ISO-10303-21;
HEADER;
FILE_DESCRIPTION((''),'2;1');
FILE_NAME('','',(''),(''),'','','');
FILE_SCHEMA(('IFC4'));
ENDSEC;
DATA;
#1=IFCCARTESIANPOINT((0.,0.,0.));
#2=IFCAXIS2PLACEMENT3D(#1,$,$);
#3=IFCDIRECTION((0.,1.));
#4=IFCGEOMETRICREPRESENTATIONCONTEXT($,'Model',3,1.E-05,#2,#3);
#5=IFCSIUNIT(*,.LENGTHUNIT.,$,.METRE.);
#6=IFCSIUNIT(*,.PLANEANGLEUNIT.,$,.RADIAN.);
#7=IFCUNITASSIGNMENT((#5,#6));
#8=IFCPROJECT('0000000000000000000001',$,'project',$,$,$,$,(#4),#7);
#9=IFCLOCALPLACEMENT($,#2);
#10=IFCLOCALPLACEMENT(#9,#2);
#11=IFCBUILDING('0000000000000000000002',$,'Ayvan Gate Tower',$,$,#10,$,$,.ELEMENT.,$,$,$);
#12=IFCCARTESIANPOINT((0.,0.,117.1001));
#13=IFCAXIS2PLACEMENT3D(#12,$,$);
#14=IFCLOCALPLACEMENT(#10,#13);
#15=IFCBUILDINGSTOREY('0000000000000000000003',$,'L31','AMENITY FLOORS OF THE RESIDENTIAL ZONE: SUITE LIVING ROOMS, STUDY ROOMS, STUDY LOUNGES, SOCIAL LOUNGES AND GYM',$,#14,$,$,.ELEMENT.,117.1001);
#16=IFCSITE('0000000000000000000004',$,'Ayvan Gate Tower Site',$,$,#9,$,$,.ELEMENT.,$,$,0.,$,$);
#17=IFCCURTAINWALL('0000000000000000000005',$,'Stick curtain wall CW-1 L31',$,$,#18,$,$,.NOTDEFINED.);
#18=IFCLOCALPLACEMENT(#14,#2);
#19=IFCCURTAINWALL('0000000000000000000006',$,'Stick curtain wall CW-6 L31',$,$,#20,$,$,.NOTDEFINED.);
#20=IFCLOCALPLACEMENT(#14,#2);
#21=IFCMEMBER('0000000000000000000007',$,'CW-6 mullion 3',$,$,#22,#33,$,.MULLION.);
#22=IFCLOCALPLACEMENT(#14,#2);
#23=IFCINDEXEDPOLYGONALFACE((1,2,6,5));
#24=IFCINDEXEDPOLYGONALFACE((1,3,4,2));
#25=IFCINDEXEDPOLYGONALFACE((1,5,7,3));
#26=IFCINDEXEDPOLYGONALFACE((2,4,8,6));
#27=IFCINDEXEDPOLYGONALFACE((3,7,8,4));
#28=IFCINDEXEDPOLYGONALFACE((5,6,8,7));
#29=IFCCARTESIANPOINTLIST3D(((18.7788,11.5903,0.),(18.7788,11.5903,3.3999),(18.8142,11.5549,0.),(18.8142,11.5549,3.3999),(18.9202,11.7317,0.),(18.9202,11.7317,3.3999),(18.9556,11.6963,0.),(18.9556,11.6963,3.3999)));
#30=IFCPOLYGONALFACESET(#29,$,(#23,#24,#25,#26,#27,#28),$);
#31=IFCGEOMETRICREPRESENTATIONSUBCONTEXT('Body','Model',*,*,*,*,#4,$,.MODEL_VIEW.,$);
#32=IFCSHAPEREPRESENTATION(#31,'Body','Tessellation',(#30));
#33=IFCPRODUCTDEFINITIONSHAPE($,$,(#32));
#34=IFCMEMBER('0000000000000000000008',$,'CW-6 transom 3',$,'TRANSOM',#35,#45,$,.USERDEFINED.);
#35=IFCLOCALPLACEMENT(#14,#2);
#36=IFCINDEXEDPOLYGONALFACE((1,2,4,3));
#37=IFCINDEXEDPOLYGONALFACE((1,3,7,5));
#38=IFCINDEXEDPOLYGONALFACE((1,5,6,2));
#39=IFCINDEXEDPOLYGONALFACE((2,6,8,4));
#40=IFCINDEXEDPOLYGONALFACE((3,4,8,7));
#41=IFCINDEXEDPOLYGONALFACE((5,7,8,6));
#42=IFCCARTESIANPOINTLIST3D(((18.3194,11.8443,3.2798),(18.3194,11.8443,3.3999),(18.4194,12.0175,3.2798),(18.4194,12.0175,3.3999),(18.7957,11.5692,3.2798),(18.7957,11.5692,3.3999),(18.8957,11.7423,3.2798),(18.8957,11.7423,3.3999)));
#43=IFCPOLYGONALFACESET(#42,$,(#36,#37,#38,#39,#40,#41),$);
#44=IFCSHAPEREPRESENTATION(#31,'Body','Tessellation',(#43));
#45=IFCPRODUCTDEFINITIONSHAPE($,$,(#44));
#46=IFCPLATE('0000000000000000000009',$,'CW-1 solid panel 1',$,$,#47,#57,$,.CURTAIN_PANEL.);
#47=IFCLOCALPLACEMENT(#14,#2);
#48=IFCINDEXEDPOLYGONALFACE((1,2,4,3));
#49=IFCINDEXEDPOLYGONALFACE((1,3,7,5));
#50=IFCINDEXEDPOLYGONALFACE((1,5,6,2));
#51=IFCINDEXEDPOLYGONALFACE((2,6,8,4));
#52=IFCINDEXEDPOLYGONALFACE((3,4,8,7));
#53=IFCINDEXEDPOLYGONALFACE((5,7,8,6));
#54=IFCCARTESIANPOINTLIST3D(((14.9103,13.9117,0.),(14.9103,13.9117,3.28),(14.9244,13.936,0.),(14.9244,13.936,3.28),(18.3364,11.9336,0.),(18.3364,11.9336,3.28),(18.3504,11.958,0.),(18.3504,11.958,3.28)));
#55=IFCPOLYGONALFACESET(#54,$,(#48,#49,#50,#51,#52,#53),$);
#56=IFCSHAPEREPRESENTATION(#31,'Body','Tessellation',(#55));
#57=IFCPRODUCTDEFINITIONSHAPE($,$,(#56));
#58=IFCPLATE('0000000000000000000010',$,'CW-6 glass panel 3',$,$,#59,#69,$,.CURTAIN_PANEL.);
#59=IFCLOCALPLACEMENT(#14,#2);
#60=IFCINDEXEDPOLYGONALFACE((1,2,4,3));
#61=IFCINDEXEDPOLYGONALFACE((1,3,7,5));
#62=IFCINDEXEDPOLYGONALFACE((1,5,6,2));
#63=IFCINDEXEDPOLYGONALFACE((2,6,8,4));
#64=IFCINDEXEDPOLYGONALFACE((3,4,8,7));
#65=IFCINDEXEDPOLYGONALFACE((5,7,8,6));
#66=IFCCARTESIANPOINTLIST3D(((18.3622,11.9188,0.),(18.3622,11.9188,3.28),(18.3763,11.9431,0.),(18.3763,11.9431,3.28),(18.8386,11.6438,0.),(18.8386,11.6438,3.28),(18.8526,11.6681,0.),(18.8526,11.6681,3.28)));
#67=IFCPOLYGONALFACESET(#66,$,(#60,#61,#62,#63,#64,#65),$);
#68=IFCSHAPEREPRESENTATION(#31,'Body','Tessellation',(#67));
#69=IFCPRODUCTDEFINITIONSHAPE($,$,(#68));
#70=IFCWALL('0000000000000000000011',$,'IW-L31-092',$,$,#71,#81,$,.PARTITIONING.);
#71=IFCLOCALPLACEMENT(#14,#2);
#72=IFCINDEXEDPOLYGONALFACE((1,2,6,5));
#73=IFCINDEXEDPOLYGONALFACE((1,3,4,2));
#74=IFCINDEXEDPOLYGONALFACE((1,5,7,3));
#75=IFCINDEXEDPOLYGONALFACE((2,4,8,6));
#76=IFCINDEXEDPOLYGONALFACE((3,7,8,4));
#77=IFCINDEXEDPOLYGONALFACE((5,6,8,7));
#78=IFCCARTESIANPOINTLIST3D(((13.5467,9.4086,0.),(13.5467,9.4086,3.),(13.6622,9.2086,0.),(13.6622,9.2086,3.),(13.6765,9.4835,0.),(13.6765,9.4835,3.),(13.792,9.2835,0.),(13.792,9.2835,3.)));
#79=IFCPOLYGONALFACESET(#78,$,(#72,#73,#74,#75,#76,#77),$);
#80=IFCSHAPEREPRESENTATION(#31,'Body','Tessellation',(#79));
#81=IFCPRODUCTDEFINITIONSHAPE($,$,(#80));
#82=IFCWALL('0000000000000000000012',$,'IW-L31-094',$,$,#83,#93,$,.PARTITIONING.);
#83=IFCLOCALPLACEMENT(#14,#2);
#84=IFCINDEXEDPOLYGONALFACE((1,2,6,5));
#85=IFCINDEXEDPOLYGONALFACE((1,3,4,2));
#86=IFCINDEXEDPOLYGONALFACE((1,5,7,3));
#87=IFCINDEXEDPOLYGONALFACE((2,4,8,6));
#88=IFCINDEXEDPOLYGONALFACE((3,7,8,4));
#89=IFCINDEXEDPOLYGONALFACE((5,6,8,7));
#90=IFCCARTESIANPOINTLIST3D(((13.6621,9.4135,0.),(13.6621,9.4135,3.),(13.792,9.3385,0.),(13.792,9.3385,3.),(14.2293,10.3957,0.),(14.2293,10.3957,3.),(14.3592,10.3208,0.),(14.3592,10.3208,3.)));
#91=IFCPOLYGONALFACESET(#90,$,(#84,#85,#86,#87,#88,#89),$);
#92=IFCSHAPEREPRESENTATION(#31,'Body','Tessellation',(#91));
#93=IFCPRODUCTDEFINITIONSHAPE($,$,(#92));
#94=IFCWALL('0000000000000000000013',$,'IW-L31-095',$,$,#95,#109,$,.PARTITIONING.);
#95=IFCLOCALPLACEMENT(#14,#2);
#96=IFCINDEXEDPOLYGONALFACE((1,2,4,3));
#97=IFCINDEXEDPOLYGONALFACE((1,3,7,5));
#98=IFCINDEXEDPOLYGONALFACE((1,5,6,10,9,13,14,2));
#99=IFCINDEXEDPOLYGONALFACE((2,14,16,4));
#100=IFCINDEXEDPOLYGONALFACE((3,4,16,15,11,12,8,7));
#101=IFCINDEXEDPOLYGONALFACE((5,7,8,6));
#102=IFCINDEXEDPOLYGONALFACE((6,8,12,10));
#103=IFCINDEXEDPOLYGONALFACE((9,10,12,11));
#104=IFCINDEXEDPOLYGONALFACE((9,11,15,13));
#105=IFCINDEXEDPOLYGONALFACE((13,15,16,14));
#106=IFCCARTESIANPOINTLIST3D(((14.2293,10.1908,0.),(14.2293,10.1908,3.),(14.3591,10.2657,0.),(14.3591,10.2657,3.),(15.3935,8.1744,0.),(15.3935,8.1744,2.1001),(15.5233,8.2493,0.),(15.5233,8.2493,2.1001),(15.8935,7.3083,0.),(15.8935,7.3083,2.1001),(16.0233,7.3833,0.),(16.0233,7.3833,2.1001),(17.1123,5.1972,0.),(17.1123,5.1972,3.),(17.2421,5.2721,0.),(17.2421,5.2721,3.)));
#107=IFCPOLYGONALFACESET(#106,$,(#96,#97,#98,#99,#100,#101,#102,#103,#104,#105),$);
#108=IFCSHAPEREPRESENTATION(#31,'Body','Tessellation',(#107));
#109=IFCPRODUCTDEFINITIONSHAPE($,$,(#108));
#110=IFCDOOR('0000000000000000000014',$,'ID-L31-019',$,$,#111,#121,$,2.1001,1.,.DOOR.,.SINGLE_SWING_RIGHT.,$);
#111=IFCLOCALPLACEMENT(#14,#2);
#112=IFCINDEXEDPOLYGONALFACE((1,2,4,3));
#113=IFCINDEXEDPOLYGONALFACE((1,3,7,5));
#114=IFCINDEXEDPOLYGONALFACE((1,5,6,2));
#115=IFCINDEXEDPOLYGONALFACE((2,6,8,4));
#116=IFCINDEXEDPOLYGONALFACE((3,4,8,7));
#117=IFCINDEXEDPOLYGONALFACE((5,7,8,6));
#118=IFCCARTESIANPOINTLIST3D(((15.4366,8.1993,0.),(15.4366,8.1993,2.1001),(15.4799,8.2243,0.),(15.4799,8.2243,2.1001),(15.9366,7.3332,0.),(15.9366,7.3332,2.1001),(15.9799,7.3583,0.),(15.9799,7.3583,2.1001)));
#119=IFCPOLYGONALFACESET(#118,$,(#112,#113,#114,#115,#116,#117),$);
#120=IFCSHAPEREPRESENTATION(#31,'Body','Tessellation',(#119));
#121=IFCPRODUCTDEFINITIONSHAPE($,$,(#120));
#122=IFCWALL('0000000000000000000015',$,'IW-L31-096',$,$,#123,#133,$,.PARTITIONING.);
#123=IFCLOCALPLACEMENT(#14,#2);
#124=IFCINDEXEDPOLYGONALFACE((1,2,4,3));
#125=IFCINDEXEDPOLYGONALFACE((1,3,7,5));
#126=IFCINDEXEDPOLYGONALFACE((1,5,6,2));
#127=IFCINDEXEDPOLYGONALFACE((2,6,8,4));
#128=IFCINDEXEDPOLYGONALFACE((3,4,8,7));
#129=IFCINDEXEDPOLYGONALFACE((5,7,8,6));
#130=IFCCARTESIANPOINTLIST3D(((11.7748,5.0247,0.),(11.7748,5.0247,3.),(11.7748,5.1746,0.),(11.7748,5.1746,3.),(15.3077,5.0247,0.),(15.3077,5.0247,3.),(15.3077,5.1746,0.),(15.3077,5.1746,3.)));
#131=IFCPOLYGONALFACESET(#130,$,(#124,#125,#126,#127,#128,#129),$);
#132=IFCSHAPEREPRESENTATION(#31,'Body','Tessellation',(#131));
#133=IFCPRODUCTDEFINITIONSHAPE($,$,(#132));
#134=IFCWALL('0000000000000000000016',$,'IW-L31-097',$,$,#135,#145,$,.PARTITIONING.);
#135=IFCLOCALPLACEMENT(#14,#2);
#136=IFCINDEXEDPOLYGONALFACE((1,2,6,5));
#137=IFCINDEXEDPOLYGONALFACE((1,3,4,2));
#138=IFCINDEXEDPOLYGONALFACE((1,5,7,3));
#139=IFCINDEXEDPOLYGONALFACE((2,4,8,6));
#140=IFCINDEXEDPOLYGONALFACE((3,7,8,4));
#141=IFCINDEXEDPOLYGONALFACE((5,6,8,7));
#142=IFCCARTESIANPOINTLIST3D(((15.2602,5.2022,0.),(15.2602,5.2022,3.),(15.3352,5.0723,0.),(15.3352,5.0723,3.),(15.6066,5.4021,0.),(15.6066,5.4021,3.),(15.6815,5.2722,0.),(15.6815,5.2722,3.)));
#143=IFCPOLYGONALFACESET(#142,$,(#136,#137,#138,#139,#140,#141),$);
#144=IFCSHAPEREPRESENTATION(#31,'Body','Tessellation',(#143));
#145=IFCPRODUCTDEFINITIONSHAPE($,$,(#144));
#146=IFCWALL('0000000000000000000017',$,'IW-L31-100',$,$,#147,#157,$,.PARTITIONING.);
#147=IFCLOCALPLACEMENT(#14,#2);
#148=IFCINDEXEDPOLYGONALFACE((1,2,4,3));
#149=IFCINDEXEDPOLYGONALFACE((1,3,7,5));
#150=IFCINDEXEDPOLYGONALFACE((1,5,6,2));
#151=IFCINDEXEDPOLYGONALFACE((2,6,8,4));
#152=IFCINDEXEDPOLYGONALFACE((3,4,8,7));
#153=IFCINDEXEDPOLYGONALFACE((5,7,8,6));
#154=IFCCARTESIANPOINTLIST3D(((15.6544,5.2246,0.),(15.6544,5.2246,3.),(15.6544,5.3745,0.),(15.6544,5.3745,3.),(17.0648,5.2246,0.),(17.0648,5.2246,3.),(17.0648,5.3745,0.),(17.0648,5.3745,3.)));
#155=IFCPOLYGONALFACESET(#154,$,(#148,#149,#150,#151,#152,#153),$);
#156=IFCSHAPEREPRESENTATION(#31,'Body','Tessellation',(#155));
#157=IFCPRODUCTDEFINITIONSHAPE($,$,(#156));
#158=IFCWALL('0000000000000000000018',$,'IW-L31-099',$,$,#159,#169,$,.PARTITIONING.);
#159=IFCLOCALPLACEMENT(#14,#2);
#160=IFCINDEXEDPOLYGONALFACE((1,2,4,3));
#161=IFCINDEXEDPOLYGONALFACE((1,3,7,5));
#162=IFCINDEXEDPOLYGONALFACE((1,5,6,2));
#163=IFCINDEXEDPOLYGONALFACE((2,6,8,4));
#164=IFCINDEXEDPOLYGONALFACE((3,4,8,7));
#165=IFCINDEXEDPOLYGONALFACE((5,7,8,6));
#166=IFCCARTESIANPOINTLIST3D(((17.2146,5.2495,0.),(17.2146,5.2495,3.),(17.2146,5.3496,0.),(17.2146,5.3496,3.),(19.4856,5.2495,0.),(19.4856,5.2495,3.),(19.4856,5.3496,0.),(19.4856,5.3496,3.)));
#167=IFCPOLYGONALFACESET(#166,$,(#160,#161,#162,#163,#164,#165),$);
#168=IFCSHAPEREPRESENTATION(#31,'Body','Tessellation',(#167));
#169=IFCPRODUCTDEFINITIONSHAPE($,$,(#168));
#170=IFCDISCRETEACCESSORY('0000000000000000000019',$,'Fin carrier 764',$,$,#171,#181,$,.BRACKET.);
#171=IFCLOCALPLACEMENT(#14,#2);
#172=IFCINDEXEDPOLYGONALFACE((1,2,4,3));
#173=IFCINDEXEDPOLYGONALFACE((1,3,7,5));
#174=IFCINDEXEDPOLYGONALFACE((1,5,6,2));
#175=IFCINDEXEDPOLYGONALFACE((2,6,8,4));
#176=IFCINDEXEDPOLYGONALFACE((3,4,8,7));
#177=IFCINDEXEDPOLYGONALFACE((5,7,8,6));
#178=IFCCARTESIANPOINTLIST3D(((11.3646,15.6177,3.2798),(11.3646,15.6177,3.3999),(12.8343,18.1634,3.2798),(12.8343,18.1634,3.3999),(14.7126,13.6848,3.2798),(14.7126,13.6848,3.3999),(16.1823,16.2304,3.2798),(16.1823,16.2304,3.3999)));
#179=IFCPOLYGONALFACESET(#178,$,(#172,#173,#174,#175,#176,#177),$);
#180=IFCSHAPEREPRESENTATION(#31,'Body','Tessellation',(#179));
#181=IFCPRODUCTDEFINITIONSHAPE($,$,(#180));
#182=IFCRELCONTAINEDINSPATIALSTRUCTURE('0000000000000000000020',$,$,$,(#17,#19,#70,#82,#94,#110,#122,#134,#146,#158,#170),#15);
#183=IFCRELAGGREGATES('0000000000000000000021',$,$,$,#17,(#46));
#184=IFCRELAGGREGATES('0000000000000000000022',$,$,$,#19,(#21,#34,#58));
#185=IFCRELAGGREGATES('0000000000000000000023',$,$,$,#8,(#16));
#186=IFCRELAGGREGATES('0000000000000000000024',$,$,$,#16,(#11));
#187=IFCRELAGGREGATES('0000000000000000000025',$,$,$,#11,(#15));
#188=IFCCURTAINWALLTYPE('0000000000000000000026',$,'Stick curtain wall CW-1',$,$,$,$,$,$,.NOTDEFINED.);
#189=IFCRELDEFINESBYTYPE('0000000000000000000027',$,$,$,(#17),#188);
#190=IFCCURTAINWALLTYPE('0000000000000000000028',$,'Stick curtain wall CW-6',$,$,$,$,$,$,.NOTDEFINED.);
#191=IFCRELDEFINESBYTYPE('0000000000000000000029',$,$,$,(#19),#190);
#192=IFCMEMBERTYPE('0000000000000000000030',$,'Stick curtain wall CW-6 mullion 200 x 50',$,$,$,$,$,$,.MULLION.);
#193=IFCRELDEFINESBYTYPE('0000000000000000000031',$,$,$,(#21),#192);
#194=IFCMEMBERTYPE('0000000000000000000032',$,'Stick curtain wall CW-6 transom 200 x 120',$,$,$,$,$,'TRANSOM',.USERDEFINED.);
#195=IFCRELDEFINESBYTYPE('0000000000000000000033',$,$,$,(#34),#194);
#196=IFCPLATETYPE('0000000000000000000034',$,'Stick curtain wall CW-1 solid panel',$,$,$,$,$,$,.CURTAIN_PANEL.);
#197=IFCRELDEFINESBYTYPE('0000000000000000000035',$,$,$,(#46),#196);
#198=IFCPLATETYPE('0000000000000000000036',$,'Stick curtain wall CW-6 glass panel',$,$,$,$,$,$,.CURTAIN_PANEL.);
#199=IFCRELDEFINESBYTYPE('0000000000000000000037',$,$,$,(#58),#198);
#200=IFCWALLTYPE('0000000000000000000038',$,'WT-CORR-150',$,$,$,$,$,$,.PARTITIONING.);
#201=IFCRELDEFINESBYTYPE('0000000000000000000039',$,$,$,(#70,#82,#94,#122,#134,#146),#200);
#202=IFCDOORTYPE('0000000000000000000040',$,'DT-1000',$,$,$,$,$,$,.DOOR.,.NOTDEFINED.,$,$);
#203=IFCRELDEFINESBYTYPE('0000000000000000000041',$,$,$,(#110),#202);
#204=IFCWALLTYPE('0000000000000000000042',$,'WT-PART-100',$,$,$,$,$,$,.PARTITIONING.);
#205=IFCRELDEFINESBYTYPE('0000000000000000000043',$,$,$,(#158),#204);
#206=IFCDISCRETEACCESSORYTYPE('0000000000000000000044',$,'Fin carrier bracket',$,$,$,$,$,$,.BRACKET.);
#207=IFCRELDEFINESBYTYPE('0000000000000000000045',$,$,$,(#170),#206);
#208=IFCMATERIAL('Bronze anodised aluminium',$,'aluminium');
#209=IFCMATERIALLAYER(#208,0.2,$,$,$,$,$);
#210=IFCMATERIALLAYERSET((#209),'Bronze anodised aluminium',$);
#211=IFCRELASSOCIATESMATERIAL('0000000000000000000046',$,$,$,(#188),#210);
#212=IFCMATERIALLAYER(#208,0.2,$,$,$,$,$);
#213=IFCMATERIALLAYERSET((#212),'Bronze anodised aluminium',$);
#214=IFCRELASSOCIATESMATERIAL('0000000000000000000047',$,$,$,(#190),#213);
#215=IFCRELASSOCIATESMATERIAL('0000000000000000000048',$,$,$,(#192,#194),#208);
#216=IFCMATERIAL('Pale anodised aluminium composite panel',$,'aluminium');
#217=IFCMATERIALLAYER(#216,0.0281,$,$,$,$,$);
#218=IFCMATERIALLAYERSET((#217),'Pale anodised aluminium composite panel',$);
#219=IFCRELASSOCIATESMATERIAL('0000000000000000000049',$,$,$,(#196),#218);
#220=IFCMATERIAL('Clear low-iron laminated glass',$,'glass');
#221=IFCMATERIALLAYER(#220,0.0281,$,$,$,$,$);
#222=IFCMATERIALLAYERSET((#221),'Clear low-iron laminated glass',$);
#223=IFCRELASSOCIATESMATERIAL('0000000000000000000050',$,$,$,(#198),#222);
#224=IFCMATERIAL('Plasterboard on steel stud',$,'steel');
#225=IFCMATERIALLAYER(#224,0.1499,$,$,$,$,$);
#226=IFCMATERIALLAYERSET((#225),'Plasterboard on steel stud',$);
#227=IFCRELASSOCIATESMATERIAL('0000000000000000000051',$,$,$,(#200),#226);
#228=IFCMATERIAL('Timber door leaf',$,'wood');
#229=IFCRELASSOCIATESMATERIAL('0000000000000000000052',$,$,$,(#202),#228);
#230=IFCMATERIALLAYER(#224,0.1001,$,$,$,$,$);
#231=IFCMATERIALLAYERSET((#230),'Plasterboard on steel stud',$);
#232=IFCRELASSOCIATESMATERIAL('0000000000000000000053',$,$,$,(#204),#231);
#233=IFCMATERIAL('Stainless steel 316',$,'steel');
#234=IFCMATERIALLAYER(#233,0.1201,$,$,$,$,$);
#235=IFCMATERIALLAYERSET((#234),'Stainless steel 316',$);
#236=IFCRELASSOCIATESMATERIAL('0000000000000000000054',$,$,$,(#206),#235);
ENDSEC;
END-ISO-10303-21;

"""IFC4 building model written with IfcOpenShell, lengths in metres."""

from ifc_helpers import new_model, si_unit, direction, frame, frame_2d, origin, origin_2d, place, context, subcontext, project, spatial, rectangle, extrude, material, layer, layer_set, material_profile, profile_set, type_object, element, fill, aggregate, save


model = new_model("IFC4")

# Units and contexts
model_context = context("Model", 3, precision=1e-05, world=origin(), true_north=direction((0.0, 1.0)))
body_context = subcontext(model_context, "Body", "Model", "MODEL_VIEW")
ifc_project = project(units=[si_unit("LENGTHUNIT", "METRE"), si_unit("PLANEANGLEUNIT", "RADIAN")], contexts=[model_context])

# Site, building, storey
site_placement = place(None, origin())
site = spatial("IfcSite", under=ifc_project, at=site_placement, Name="Ayvan Gate Tower Site", CompositionType="ELEMENT", RefElevation=0.0)
building_placement = place(site_placement, origin())
building = spatial("IfcBuilding", under=site, at=building_placement, Name="Ayvan Gate Tower", CompositionType="ELEMENT")
storey_placement = place(building_placement, frame((0.0, 0.0, 117.1001)))
storey = spatial("IfcBuildingStorey", under=building, at=storey_placement, Name="L31", Description="AMENITY FLOORS OF THE RESIDENTIAL ZONE: SUITE LIVING ROOMS, STUDY ROOMS, STUDY LOUNGES, SOCIAL LOUNGES AND GYM", CompositionType="ELEMENT", Elevation=117.1001)

# Curtain walls, members
ifc_material_1 = material(Name="Bronze anodised aluminium", Category="aluminium")
ifc_layer_1 = layer(ifc_material_1, 0.2)
ifc_layer_set_1 = layer_set([ifc_layer_1], Name="Bronze anodised aluminium")
curtain_wall_type_1 = type_object("IfcCurtainWallType", Name="Stick curtain wall CW-1", PredefinedType="NOTDEFINED", material=ifc_layer_set_1)
curtain_wall_1_placement = place(storey_placement, origin())
curtain_wall_1 = element("IfcCurtainWall", 1, at=curtain_wall_1_placement, inside=storey, type_object=curtain_wall_type_1, Name="Stick curtain wall CW-1 L31", PredefinedType="NOTDEFINED")
ifc_layer_2 = layer(ifc_material_1, 0.2)
ifc_layer_set_2 = layer_set([ifc_layer_2], Name="Bronze anodised aluminium")
curtain_wall_type_2 = type_object("IfcCurtainWallType", Name="Stick curtain wall CW-6", PredefinedType="NOTDEFINED", material=ifc_layer_set_2)
curtain_wall_2_placement = place(storey_placement, origin())
curtain_wall_2 = element("IfcCurtainWall", 2, at=curtain_wall_2_placement, inside=storey, type_object=curtain_wall_type_2, Name="Stick curtain wall CW-6 L31", PredefinedType="NOTDEFINED")
ifc_material_profile_1 = material_profile(ifc_material_1, rectangle(XDim=0.2, YDim=0.05, at=origin_2d()), Name="Stick curtain wall CW-6 mullion 200 x 50")
ifc_profile_set_1 = profile_set([ifc_material_profile_1], Name="Bronze anodised aluminium")
member_type_1 = type_object("IfcMemberType", Name="Stick curtain wall CW-6 mullion 200 x 50", PredefinedType="MULLION", material=ifc_profile_set_1)
member_1_placement = place(storey_placement, frame((18.8672, 11.6433, 0.0), z_axis=(0.0, 0.0, 1.0), x_axis=(0.707107, 0.707107, 0.0)))
member_1 = element("IfcMember", 3, at=member_1_placement, type_object=member_type_1, Name="CW-6 mullion 3", PredefinedType="MULLION", context=body_context, shape_type="SweptSolid", body=[
    extrude(rectangle(XDim=0.2, YDim=0.05, at=origin_2d()), origin(), (0.0, 0.0, 1.0), 3.3999),
])
ifc_material_profile_2 = material_profile(ifc_material_1, rectangle(XDim=0.2, YDim=0.1201, at=origin_2d()), Name="Stick curtain wall CW-6 transom 200 x 120")
ifc_profile_set_2 = profile_set([ifc_material_profile_2], Name="Bronze anodised aluminium")
member_type_2 = type_object("IfcMemberType", Name="Stick curtain wall CW-6 transom 200 x 120", ElementType="TRANSOM", PredefinedType="USERDEFINED", material=ifc_profile_set_2)
member_2_placement = place(storey_placement, frame((18.8457, 11.6558, 3.3398), z_axis=(-0.865912, 0.500196, 0.0), x_axis=(-0.500196, -0.865912, 0.0)))
member_2 = element("IfcMember", 4, at=member_2_placement, type_object=member_type_2, Name="CW-6 transom 3", ObjectType="TRANSOM", PredefinedType="USERDEFINED", context=body_context, shape_type="SweptSolid", body=[
    extrude(rectangle(XDim=0.2, YDim=0.1201, at=origin_2d()), origin(), (0.0, 0.0, 1.0), 0.55),
])

# Plates
ifc_material_2 = material(Name="Pale anodised aluminium composite panel", Category="aluminium")
ifc_layer_3 = layer(ifc_material_2, 0.0281)
ifc_layer_set_3 = layer_set([ifc_layer_3], Name="Pale anodised aluminium composite panel")
plate_type_1 = type_object("IfcPlateType", Name="Stick curtain wall CW-1 solid panel", PredefinedType="CURTAIN_PANEL", material=ifc_layer_set_3)
plate_1_placement = place(storey_placement, frame((16.6304, 12.9348, 0.0), z_axis=(0.0, 0.0, 1.0), x_axis=(-0.866025, 0.5, 0.0)))
plate_1 = element("IfcPlate", 5, at=plate_1_placement, type_object=plate_type_1, Name="CW-1 solid panel 1", PredefinedType="CURTAIN_PANEL", context=body_context, shape_type="SweptSolid", body=[
    extrude(rectangle(XDim=3.9561, YDim=0.0281, at=origin_2d()), origin(), (0.0, 0.0, 1.0), 3.28),
])
aggregate(curtain_wall_1, [plate_1])
ifc_material_3 = material(Name="Clear low-iron laminated glass", Category="glass")
ifc_layer_4 = layer(ifc_material_3, 0.0281)
ifc_layer_set_4 = layer_set([ifc_layer_4], Name="Clear low-iron laminated glass")
plate_type_2 = type_object("IfcPlateType", Name="Stick curtain wall CW-6 glass panel", PredefinedType="CURTAIN_PANEL", material=ifc_layer_set_4)
plate_2_placement = place(storey_placement, frame((18.6074, 11.7935, 0.0), z_axis=(0.0, 0.0, 1.0), x_axis=(-0.866025, 0.5, 0.0)))
plate_2 = element("IfcPlate", 6, at=plate_2_placement, type_object=plate_type_2, Name="CW-6 glass panel 3", PredefinedType="CURTAIN_PANEL", context=body_context, shape_type="SweptSolid", body=[
    extrude(rectangle(XDim=0.55, YDim=0.0281, at=origin_2d()), origin(), (0.0, 0.0, 1.0), 3.28),
])
aggregate(curtain_wall_2, [member_1, member_2, plate_2])

# Walls
ifc_material_4 = material(Name="Plasterboard on steel stud", Category="steel")
ifc_layer_5 = layer(ifc_material_4, 0.1499)
ifc_layer_set_5 = layer_set([ifc_layer_5], Name="Plasterboard on steel stud")
wall_type_1 = type_object("IfcWallType", Name="WT-CORR-150", PredefinedType="PARTITIONING", material=ifc_layer_set_5)
wall_1_placement = place(storey_placement, frame((13.6116, 9.446, 0.0), z_axis=(0.0, 0.0, 1.0), x_axis=(0.500119, -0.865957, 0.0)))
element("IfcWall", 7, at=wall_1_placement, inside=storey, type_object=wall_type_1, Name="IW-L31-092", PredefinedType="PARTITIONING", context=body_context, shape_type="SweptSolid", body=[
    extrude(rectangle(XDim=0.231, YDim=0.1499, at=frame_2d((0.1155, 0.0))), origin(), (0.0, 0.0, 1.0), 3.0),
])
wall_2_placement = place(storey_placement, frame((13.7271, 9.376, 0.0), z_axis=(0.0, 0.0, 1.0), x_axis=(0.500052, 0.865996, 0.0)))
element("IfcWall", 8, at=wall_2_placement, inside=storey, type_object=wall_type_1, Name="IW-L31-094", PredefinedType="PARTITIONING", context=body_context, shape_type="SweptSolid", body=[
    extrude(rectangle(XDim=1.1343, YDim=0.1499, at=frame_2d((0.5671, 0.0))), origin(), (0.0, 0.0, 1.0), 3.0),
])

# Wall, opening, door
wall_3_placement = place(storey_placement, frame((14.2942, 10.2283, 0.0), z_axis=(0.0, 0.0, 1.0), x_axis=(0.499996, -0.866028, 0.0)))
wall_3 = element("IfcWall", 9, at=wall_3_placement, inside=storey, type_object=wall_type_1, Name="IW-L31-095", PredefinedType="PARTITIONING", context=body_context, shape_type="SweptSolid", body=[
    extrude(rectangle(XDim=5.7661, YDim=0.1499, at=frame_2d((2.8831, 0.0))), origin(), (0.0, 0.0, 1.0), 3.0),
])
opening_placement = place(wall_3_placement, frame((2.3284, 0.0, 0.0)))
opening = element("IfcOpeningElement", 10, at=opening_placement, cuts=wall_3, PredefinedType="OPENING", context=body_context, shape_type="SweptSolid", body=[
    extrude(rectangle(XDim=1.0, YDim=2.1001, at=frame_2d((0.5, 1.05))), frame((0.0, 0.085, 0.0), z_axis=(0.0, -1.0, 0.0), x_axis=(1.0, 0.0, 0.0)), (0.0, 0.0, 1.0), 0.1699),
])
ifc_material_5 = material(Name="Timber door leaf", Category="wood")
door_type = type_object("IfcDoorType", Name="DT-1000", OperationType="NOTDEFINED", PredefinedType="DOOR", material=ifc_material_5)
door_placement = place(opening_placement, origin())
door = element("IfcDoor", 11, at=door_placement, inside=storey, type_object=door_type, Name="ID-L31-019", OperationType="SINGLE_SWING_RIGHT", OverallHeight=2.1001, OverallWidth=1.0, PredefinedType="DOOR", context=body_context, shape_type="SweptSolid", body=[
    extrude(rectangle(XDim=1.0, YDim=2.1001, at=frame_2d((0.5, 1.05))), frame((0.0, 0.0249, 0.0), z_axis=(0.0, -1.0, 0.0), x_axis=(1.0, 0.0, 0.0)), (0.0, 0.0, 1.0), 0.05),
])
fill(opening, door)

# Walls
wall_4_placement = place(storey_placement, frame((15.3079, 5.0996, 0.0), z_axis=(0.0, 0.0, 1.0), x_axis=(-1.0, 0.0, 0.0)))
element("IfcWall", 12, at=wall_4_placement, inside=storey, type_object=wall_type_1, Name="IW-L31-096", PredefinedType="PARTITIONING", context=body_context, shape_type="SweptSolid", body=[
    extrude(rectangle(XDim=3.533, YDim=0.1499, at=frame_2d((1.7666, 0.0))), origin(), (0.0, 0.0, 1.0), 3.0),
])
wall_5_placement = place(storey_placement, frame((15.644, 5.3372, 0.0), z_axis=(0.0, 0.0, 1.0), x_axis=(-0.866094, -0.499881, 0.0)))
element("IfcWall", 13, at=wall_5_placement, inside=storey, type_object=wall_type_1, Name="IW-L31-097", PredefinedType="PARTITIONING", context=body_context, shape_type="SweptSolid", body=[
    extrude(rectangle(XDim=0.3999, YDim=0.1499, at=frame_2d((0.2, 0.0))), origin(), (0.0, 0.0, 1.0), 3.0),
])
wall_6_placement = place(storey_placement, frame((17.0647, 5.2996, 0.0), z_axis=(0.0, 0.0, 1.0), x_axis=(-1.0, 0.0, 0.0)))
element("IfcWall", 14, at=wall_6_placement, inside=storey, type_object=wall_type_1, Name="IW-L31-100", PredefinedType="PARTITIONING", context=body_context, shape_type="SweptSolid", body=[
    extrude(rectangle(XDim=1.4104, YDim=0.1499, at=frame_2d((0.7051, 0.0))), origin(), (0.0, 0.0, 1.0), 3.0),
])
ifc_layer_6 = layer(ifc_material_4, 0.1001)
ifc_layer_set_6 = layer_set([ifc_layer_6], Name="Plasterboard on steel stud")
wall_type_2 = type_object("IfcWallType", Name="WT-PART-100", PredefinedType="PARTITIONING", material=ifc_layer_set_6)
wall_7_placement = place(storey_placement, frame((17.2146, 5.2996, 0.0), z_axis=(0.0, 0.0, 1.0), x_axis=(1.0, 0.0, 0.0)))
element("IfcWall", 15, at=wall_7_placement, inside=storey, type_object=wall_type_2, Name="IW-L31-099", PredefinedType="PARTITIONING", context=body_context, shape_type="SweptSolid", body=[
    extrude(rectangle(XDim=2.271, YDim=0.1001, at=frame_2d((1.1355, 0.0))), origin(), (0.0, 0.0, 1.0), 3.0),
])

# Discrete accessory
ifc_material_6 = material(Name="Stainless steel 316", Category="steel")
ifc_layer_7 = layer(ifc_material_6, 0.1201)
ifc_layer_set_7 = layer_set([ifc_layer_7], Name="Stainless steel 316")
discrete_accessory_type_1 = type_object("IfcDiscreteAccessoryType", Name="Fin carrier bracket", PredefinedType="BRACKET", material=ifc_layer_set_7)
discrete_accessory_1_placement = place(storey_placement, frame((13.7734, 15.9241, 3.2798), z_axis=(0.0, 0.0, 1.0), x_axis=(-0.866025, 0.5, 0.0)))
element("IfcDiscreteAccessory", 16, at=discrete_accessory_1_placement, inside=storey, type_object=discrete_accessory_type_1, Name="Fin carrier 764", PredefinedType="BRACKET", context=body_context, shape_type="SweptSolid", body=[
    extrude(rectangle(XDim=3.866, YDim=2.9395, at=origin_2d()), origin(), (0.0, 0.0, 1.0), 0.1201),
])

save(model, "model.ifc")
